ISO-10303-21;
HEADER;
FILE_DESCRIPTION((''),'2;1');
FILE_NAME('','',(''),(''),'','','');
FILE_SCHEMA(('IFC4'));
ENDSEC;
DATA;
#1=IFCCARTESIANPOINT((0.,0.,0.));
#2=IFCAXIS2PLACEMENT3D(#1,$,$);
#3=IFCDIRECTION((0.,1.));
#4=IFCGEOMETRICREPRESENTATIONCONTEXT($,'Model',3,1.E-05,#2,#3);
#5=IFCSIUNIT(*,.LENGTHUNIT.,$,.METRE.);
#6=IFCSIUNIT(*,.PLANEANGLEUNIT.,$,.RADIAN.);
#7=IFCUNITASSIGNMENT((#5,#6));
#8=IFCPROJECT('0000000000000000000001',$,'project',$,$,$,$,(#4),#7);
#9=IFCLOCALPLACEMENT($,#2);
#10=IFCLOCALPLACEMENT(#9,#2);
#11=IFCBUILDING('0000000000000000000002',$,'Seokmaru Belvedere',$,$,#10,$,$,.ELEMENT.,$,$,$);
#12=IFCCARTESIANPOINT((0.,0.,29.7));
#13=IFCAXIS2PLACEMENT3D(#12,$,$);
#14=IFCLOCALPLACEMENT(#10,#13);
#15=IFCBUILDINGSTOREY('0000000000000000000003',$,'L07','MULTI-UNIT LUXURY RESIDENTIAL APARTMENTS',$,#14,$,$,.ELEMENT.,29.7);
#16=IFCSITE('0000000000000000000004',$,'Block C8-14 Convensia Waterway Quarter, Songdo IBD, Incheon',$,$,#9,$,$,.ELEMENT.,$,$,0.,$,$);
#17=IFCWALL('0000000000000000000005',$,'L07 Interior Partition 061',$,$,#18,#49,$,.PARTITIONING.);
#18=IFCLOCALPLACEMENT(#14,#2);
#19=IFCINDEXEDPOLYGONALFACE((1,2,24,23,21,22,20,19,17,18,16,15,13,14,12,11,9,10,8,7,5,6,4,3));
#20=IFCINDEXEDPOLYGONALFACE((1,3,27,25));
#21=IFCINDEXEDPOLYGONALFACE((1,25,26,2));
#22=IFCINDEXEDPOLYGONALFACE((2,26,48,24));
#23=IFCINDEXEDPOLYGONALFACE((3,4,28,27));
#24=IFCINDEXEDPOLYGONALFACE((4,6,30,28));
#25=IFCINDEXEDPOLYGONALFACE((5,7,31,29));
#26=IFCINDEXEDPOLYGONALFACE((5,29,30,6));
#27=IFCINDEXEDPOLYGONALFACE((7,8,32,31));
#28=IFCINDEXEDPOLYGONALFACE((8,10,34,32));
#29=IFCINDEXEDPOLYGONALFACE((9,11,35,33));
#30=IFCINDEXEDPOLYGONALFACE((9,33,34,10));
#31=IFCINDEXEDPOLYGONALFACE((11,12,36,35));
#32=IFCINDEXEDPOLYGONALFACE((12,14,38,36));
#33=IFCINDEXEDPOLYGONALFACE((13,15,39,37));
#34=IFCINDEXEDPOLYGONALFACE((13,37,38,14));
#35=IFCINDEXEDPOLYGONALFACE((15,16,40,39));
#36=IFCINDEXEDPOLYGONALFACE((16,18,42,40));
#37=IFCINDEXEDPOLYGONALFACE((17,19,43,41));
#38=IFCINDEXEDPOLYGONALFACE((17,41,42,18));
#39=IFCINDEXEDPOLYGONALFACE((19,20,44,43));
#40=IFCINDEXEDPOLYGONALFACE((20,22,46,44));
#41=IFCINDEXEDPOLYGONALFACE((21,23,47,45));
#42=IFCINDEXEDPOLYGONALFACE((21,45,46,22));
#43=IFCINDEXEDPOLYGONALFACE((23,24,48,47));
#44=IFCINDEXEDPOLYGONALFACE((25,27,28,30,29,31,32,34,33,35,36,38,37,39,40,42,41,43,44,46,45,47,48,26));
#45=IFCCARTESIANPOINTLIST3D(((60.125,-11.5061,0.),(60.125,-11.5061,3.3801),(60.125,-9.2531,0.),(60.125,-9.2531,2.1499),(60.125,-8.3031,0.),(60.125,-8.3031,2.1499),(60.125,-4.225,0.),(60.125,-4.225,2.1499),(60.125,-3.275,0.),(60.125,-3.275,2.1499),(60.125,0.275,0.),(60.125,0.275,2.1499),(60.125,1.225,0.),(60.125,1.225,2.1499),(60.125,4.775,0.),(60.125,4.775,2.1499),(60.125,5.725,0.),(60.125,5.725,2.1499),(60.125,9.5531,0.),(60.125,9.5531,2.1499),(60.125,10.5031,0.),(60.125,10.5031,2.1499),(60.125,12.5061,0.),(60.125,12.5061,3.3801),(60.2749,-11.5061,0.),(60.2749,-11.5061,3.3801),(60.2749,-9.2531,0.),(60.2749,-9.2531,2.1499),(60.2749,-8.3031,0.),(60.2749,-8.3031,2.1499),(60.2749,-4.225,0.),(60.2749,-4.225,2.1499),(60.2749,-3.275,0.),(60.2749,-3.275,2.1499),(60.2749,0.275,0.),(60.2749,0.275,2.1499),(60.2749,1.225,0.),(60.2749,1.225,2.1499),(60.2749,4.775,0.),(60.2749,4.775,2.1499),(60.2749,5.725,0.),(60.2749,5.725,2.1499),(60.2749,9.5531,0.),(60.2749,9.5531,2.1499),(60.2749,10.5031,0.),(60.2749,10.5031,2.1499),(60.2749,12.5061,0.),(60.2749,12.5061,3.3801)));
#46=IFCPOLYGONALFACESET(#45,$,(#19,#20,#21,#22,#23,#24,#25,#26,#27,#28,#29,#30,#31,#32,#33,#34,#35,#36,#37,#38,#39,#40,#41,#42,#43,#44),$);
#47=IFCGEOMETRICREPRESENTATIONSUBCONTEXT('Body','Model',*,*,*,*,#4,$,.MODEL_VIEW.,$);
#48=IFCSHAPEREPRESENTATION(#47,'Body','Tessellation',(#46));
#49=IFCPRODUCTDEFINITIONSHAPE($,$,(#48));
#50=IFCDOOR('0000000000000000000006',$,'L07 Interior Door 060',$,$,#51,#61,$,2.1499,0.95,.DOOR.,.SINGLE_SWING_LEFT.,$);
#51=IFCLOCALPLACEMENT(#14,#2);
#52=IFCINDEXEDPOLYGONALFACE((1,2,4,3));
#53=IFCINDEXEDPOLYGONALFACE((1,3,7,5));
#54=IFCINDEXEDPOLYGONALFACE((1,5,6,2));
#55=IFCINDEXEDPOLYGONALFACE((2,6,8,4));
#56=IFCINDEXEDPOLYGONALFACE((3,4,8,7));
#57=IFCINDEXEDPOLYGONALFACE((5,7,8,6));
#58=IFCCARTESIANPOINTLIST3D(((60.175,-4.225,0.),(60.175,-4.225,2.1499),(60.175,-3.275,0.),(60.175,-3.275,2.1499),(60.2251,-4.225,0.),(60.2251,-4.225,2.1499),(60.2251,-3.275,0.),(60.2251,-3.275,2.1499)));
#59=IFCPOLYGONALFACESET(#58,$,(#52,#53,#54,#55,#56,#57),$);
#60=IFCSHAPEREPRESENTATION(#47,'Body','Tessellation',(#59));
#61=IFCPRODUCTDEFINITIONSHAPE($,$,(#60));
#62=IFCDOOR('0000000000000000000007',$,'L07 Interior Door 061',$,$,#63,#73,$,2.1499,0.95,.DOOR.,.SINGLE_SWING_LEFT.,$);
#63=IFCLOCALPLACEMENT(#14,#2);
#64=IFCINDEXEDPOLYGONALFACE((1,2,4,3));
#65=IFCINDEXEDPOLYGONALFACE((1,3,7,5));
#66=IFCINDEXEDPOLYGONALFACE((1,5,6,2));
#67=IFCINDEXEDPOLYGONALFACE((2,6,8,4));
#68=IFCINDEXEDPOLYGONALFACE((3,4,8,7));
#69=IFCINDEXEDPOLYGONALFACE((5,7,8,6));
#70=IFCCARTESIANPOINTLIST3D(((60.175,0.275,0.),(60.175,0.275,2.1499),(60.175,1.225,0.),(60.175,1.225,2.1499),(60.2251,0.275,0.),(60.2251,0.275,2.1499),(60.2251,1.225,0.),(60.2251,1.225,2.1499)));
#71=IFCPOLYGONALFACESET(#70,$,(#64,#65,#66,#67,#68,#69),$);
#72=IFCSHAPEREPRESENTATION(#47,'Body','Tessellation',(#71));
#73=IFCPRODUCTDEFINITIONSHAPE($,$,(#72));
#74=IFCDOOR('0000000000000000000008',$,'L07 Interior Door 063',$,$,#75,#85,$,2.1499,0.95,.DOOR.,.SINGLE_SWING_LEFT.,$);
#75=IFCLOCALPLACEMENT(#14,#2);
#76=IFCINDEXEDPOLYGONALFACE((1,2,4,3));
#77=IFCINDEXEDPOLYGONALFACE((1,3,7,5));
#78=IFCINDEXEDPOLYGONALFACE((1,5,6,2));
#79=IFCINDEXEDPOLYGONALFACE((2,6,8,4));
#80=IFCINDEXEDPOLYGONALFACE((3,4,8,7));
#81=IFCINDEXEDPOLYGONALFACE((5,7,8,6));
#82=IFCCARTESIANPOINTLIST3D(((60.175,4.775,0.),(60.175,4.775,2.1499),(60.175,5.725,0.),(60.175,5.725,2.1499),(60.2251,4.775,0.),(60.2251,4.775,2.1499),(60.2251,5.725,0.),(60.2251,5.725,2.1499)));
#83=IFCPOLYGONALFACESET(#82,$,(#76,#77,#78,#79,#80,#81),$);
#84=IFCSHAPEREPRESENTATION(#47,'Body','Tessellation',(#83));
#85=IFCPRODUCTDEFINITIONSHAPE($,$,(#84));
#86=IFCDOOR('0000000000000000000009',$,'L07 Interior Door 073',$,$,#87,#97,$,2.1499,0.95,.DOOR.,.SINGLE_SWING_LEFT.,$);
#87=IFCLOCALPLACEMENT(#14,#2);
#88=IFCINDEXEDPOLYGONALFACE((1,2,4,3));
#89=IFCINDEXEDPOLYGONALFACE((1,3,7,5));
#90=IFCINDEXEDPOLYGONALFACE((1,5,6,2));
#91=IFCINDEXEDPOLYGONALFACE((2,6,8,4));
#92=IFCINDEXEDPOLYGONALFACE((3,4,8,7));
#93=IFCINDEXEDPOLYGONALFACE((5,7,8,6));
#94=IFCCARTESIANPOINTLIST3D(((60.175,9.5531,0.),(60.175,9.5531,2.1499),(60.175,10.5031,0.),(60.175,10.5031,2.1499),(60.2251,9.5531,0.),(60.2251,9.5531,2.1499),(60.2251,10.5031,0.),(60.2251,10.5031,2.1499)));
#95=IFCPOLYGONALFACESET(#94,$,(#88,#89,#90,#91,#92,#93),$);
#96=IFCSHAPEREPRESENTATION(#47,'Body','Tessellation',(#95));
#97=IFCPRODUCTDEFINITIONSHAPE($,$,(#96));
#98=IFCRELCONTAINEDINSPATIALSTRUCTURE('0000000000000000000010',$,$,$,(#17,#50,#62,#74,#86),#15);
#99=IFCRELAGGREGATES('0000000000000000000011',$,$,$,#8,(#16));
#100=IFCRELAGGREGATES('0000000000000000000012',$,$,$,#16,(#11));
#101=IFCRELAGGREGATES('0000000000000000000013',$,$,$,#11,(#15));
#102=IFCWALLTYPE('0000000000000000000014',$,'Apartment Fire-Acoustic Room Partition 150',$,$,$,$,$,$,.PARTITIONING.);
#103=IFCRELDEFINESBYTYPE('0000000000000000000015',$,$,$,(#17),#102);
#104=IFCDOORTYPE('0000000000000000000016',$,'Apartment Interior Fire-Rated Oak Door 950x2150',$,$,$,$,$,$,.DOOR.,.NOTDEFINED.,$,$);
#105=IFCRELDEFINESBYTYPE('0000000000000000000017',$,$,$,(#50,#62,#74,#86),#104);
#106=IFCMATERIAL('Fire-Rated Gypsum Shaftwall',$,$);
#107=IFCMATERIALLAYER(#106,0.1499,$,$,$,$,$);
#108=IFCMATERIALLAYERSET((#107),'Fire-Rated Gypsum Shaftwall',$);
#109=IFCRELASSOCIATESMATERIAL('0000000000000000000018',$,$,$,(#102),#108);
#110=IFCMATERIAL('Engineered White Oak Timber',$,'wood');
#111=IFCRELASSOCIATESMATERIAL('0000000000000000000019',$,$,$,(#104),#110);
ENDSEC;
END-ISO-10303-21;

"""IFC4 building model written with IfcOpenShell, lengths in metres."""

from ifc_helpers import new_model, si_unit, direction, frame, frame_2d, origin, place, context, subcontext, project, spatial, rectangle, extrude, source, transform, mapped, material, layer, layer_set, type_object, type_shapes, element, fill, save


model = new_model("IFC4")

# Units and contexts
model_context = context("Model", 3, precision=1e-05, world=origin(), true_north=direction((0.0, 1.0)))
body_context = subcontext(model_context, "Body", "Model", "MODEL_VIEW")
ifc_project = project(units=[si_unit("LENGTHUNIT", "METRE"), si_unit("PLANEANGLEUNIT", "RADIAN")], contexts=[model_context])

# Site, building, storey
site_placement = place(None, origin())
site = spatial("IfcSite", under=ifc_project, at=site_placement, Name="Block C8-14 Convensia Waterway Quarter, Songdo IBD, Incheon", CompositionType="ELEMENT", RefElevation=0.0)
building_placement = place(site_placement, origin())
building = spatial("IfcBuilding", under=site, at=building_placement, Name="Seokmaru Belvedere", CompositionType="ELEMENT")
storey_placement = place(building_placement, frame((0.0, 0.0, 29.7)))
storey = spatial("IfcBuildingStorey", under=building, at=storey_placement, Name="L07", Description="MULTI-UNIT LUXURY RESIDENTIAL APARTMENTS", CompositionType="ELEMENT", Elevation=29.7)

# Wall, openings, doors
ifc_material_1 = material(Name="Fire-Rated Gypsum Shaftwall")
ifc_layer_1 = layer(ifc_material_1, 0.1499)
ifc_layer_set_1 = layer_set([ifc_layer_1], Name="Fire-Rated Gypsum Shaftwall")
wall_type = type_object("IfcWallType", Name="Apartment Fire-Acoustic Room Partition 150", PredefinedType="PARTITIONING", material=ifc_layer_set_1)
ifc_material_2 = material(Name="Engineered White Oak Timber", Category="wood")
door_type = type_object("IfcDoorType", Name="Apartment Interior Fire-Rated Oak Door 950x2150", OperationType="NOTDEFINED", PredefinedType="DOOR", material=ifc_material_2)
shared_shape_1 = source(origin(), body_context, "Body", "SweptSolid", [
    extrude(rectangle(XDim=0.95, YDim=2.1499, at=frame_2d((0.4751, 1.075))), frame((0.0, 0.0249, 0.0), z_axis=(0.0, -1.0, 0.0), x_axis=(1.0, 0.0, 0.0)), (0.0, 0.0, 1.0), 0.05),
])
type_shapes(door_type, [shared_shape_1])
wall_1_placement = place(storey_placement, frame((60.2, -11.5061, 0.0), z_axis=(0.0, 0.0, 1.0), x_axis=(0.0, 1.0, 0.0)))
wall_1 = element("IfcWall", 1, at=wall_1_placement, inside=storey, type_object=wall_type, Name="L07 Interior Partition 061", PredefinedType="PARTITIONING", context=body_context, shape_type="SweptSolid", body=[
    extrude(rectangle(XDim=24.0122, YDim=0.1499, at=frame_2d((12.0061, 0.0))), origin(), (0.0, 0.0, 1.0), 3.3801),
])
opening_1_placement = place(wall_1_placement, frame((2.2529, 0.0, 0.0)))
element("IfcOpeningElement", 2, at=opening_1_placement, cuts=wall_1, PredefinedType="OPENING", context=body_context, shape_type="SweptSolid", body=[
    extrude(rectangle(XDim=0.95, YDim=2.1499, at=frame_2d((0.4751, 1.075))), frame((0.0, 0.085, 0.0), z_axis=(0.0, -1.0, 0.0), x_axis=(1.0, 0.0, 0.0)), (0.0, 0.0, 1.0), 0.1699),
])
opening_2_placement = place(wall_1_placement, frame((7.281, 0.0, 0.0)))
opening_2 = element("IfcOpeningElement", 3, at=opening_2_placement, cuts=wall_1, PredefinedType="OPENING", context=body_context, shape_type="SweptSolid", body=[
    extrude(rectangle(XDim=0.95, YDim=2.1499, at=frame_2d((0.4751, 1.075))), frame((0.0, 0.085, 0.0), z_axis=(0.0, -1.0, 0.0), x_axis=(1.0, 0.0, 0.0)), (0.0, 0.0, 1.0), 0.1699),
])
opening_3_placement = place(wall_1_placement, frame((11.781, 0.0, 0.0)))
opening_3 = element("IfcOpeningElement", 4, at=opening_3_placement, cuts=wall_1, PredefinedType="OPENING", context=body_context, shape_type="SweptSolid", body=[
    extrude(rectangle(XDim=0.95, YDim=2.1499, at=frame_2d((0.4751, 1.075))), frame((0.0, 0.085, 0.0), z_axis=(0.0, -1.0, 0.0), x_axis=(1.0, 0.0, 0.0)), (0.0, 0.0, 1.0), 0.1699),
])
opening_4_placement = place(wall_1_placement, frame((16.281, 0.0, 0.0)))
opening_4 = element("IfcOpeningElement", 5, at=opening_4_placement, cuts=wall_1, PredefinedType="OPENING", context=body_context, shape_type="SweptSolid", body=[
    extrude(rectangle(XDim=0.95, YDim=2.1499, at=frame_2d((0.4751, 1.075))), frame((0.0, 0.085, 0.0), z_axis=(0.0, -1.0, 0.0), x_axis=(1.0, 0.0, 0.0)), (0.0, 0.0, 1.0), 0.1699),
])
opening_5_placement = place(wall_1_placement, frame((21.0591, 0.0, 0.0)))
opening_5 = element("IfcOpeningElement", 6, at=opening_5_placement, cuts=wall_1, PredefinedType="OPENING", context=body_context, shape_type="SweptSolid", body=[
    extrude(rectangle(XDim=0.95, YDim=2.1499, at=frame_2d((0.4751, 1.075))), frame((0.0, 0.085, 0.0), z_axis=(0.0, -1.0, 0.0), x_axis=(1.0, 0.0, 0.0)), (0.0, 0.0, 1.0), 0.1699),
])
door_1_placement = place(opening_2_placement, origin())
door_1 = element("IfcDoor", 7, at=door_1_placement, inside=storey, type_object=door_type, Name="L07 Interior Door 060", OperationType="SINGLE_SWING_LEFT", OverallHeight=2.1499, OverallWidth=0.95, PredefinedType="DOOR", context=body_context, shape_type="MappedRepresentation", body=[
    mapped(shared_shape_1, transform((0.0, 0.0, 0.0), scale=1.0)),
])
fill(opening_2, door_1)
door_2_placement = place(opening_3_placement, origin())
door_2 = element("IfcDoor", 8, at=door_2_placement, inside=storey, type_object=door_type, Name="L07 Interior Door 061", OperationType="SINGLE_SWING_LEFT", OverallHeight=2.1499, OverallWidth=0.95, PredefinedType="DOOR", context=body_context, shape_type="MappedRepresentation", body=[
    mapped(shared_shape_1, transform((0.0, 0.0, 0.0), scale=1.0)),
])
fill(opening_3, door_2)
door_3_placement = place(opening_4_placement, origin())
door_3 = element("IfcDoor", 9, at=door_3_placement, inside=storey, type_object=door_type, Name="L07 Interior Door 063", OperationType="SINGLE_SWING_LEFT", OverallHeight=2.1499, OverallWidth=0.95, PredefinedType="DOOR", context=body_context, shape_type="MappedRepresentation", body=[
    mapped(shared_shape_1, transform((0.0, 0.0, 0.0), scale=1.0)),
])
fill(opening_4, door_3)
door_4_placement = place(opening_5_placement, origin())
door_4 = element("IfcDoor", 10, at=door_4_placement, inside=storey, type_object=door_type, Name="L07 Interior Door 073", OperationType="SINGLE_SWING_LEFT", OverallHeight=2.1499, OverallWidth=0.95, PredefinedType="DOOR", context=body_context, shape_type="MappedRepresentation", body=[
    mapped(shared_shape_1, transform((0.0, 0.0, 0.0), scale=1.0)),
])
fill(opening_5, door_4)

save(model, "model.ifc")
